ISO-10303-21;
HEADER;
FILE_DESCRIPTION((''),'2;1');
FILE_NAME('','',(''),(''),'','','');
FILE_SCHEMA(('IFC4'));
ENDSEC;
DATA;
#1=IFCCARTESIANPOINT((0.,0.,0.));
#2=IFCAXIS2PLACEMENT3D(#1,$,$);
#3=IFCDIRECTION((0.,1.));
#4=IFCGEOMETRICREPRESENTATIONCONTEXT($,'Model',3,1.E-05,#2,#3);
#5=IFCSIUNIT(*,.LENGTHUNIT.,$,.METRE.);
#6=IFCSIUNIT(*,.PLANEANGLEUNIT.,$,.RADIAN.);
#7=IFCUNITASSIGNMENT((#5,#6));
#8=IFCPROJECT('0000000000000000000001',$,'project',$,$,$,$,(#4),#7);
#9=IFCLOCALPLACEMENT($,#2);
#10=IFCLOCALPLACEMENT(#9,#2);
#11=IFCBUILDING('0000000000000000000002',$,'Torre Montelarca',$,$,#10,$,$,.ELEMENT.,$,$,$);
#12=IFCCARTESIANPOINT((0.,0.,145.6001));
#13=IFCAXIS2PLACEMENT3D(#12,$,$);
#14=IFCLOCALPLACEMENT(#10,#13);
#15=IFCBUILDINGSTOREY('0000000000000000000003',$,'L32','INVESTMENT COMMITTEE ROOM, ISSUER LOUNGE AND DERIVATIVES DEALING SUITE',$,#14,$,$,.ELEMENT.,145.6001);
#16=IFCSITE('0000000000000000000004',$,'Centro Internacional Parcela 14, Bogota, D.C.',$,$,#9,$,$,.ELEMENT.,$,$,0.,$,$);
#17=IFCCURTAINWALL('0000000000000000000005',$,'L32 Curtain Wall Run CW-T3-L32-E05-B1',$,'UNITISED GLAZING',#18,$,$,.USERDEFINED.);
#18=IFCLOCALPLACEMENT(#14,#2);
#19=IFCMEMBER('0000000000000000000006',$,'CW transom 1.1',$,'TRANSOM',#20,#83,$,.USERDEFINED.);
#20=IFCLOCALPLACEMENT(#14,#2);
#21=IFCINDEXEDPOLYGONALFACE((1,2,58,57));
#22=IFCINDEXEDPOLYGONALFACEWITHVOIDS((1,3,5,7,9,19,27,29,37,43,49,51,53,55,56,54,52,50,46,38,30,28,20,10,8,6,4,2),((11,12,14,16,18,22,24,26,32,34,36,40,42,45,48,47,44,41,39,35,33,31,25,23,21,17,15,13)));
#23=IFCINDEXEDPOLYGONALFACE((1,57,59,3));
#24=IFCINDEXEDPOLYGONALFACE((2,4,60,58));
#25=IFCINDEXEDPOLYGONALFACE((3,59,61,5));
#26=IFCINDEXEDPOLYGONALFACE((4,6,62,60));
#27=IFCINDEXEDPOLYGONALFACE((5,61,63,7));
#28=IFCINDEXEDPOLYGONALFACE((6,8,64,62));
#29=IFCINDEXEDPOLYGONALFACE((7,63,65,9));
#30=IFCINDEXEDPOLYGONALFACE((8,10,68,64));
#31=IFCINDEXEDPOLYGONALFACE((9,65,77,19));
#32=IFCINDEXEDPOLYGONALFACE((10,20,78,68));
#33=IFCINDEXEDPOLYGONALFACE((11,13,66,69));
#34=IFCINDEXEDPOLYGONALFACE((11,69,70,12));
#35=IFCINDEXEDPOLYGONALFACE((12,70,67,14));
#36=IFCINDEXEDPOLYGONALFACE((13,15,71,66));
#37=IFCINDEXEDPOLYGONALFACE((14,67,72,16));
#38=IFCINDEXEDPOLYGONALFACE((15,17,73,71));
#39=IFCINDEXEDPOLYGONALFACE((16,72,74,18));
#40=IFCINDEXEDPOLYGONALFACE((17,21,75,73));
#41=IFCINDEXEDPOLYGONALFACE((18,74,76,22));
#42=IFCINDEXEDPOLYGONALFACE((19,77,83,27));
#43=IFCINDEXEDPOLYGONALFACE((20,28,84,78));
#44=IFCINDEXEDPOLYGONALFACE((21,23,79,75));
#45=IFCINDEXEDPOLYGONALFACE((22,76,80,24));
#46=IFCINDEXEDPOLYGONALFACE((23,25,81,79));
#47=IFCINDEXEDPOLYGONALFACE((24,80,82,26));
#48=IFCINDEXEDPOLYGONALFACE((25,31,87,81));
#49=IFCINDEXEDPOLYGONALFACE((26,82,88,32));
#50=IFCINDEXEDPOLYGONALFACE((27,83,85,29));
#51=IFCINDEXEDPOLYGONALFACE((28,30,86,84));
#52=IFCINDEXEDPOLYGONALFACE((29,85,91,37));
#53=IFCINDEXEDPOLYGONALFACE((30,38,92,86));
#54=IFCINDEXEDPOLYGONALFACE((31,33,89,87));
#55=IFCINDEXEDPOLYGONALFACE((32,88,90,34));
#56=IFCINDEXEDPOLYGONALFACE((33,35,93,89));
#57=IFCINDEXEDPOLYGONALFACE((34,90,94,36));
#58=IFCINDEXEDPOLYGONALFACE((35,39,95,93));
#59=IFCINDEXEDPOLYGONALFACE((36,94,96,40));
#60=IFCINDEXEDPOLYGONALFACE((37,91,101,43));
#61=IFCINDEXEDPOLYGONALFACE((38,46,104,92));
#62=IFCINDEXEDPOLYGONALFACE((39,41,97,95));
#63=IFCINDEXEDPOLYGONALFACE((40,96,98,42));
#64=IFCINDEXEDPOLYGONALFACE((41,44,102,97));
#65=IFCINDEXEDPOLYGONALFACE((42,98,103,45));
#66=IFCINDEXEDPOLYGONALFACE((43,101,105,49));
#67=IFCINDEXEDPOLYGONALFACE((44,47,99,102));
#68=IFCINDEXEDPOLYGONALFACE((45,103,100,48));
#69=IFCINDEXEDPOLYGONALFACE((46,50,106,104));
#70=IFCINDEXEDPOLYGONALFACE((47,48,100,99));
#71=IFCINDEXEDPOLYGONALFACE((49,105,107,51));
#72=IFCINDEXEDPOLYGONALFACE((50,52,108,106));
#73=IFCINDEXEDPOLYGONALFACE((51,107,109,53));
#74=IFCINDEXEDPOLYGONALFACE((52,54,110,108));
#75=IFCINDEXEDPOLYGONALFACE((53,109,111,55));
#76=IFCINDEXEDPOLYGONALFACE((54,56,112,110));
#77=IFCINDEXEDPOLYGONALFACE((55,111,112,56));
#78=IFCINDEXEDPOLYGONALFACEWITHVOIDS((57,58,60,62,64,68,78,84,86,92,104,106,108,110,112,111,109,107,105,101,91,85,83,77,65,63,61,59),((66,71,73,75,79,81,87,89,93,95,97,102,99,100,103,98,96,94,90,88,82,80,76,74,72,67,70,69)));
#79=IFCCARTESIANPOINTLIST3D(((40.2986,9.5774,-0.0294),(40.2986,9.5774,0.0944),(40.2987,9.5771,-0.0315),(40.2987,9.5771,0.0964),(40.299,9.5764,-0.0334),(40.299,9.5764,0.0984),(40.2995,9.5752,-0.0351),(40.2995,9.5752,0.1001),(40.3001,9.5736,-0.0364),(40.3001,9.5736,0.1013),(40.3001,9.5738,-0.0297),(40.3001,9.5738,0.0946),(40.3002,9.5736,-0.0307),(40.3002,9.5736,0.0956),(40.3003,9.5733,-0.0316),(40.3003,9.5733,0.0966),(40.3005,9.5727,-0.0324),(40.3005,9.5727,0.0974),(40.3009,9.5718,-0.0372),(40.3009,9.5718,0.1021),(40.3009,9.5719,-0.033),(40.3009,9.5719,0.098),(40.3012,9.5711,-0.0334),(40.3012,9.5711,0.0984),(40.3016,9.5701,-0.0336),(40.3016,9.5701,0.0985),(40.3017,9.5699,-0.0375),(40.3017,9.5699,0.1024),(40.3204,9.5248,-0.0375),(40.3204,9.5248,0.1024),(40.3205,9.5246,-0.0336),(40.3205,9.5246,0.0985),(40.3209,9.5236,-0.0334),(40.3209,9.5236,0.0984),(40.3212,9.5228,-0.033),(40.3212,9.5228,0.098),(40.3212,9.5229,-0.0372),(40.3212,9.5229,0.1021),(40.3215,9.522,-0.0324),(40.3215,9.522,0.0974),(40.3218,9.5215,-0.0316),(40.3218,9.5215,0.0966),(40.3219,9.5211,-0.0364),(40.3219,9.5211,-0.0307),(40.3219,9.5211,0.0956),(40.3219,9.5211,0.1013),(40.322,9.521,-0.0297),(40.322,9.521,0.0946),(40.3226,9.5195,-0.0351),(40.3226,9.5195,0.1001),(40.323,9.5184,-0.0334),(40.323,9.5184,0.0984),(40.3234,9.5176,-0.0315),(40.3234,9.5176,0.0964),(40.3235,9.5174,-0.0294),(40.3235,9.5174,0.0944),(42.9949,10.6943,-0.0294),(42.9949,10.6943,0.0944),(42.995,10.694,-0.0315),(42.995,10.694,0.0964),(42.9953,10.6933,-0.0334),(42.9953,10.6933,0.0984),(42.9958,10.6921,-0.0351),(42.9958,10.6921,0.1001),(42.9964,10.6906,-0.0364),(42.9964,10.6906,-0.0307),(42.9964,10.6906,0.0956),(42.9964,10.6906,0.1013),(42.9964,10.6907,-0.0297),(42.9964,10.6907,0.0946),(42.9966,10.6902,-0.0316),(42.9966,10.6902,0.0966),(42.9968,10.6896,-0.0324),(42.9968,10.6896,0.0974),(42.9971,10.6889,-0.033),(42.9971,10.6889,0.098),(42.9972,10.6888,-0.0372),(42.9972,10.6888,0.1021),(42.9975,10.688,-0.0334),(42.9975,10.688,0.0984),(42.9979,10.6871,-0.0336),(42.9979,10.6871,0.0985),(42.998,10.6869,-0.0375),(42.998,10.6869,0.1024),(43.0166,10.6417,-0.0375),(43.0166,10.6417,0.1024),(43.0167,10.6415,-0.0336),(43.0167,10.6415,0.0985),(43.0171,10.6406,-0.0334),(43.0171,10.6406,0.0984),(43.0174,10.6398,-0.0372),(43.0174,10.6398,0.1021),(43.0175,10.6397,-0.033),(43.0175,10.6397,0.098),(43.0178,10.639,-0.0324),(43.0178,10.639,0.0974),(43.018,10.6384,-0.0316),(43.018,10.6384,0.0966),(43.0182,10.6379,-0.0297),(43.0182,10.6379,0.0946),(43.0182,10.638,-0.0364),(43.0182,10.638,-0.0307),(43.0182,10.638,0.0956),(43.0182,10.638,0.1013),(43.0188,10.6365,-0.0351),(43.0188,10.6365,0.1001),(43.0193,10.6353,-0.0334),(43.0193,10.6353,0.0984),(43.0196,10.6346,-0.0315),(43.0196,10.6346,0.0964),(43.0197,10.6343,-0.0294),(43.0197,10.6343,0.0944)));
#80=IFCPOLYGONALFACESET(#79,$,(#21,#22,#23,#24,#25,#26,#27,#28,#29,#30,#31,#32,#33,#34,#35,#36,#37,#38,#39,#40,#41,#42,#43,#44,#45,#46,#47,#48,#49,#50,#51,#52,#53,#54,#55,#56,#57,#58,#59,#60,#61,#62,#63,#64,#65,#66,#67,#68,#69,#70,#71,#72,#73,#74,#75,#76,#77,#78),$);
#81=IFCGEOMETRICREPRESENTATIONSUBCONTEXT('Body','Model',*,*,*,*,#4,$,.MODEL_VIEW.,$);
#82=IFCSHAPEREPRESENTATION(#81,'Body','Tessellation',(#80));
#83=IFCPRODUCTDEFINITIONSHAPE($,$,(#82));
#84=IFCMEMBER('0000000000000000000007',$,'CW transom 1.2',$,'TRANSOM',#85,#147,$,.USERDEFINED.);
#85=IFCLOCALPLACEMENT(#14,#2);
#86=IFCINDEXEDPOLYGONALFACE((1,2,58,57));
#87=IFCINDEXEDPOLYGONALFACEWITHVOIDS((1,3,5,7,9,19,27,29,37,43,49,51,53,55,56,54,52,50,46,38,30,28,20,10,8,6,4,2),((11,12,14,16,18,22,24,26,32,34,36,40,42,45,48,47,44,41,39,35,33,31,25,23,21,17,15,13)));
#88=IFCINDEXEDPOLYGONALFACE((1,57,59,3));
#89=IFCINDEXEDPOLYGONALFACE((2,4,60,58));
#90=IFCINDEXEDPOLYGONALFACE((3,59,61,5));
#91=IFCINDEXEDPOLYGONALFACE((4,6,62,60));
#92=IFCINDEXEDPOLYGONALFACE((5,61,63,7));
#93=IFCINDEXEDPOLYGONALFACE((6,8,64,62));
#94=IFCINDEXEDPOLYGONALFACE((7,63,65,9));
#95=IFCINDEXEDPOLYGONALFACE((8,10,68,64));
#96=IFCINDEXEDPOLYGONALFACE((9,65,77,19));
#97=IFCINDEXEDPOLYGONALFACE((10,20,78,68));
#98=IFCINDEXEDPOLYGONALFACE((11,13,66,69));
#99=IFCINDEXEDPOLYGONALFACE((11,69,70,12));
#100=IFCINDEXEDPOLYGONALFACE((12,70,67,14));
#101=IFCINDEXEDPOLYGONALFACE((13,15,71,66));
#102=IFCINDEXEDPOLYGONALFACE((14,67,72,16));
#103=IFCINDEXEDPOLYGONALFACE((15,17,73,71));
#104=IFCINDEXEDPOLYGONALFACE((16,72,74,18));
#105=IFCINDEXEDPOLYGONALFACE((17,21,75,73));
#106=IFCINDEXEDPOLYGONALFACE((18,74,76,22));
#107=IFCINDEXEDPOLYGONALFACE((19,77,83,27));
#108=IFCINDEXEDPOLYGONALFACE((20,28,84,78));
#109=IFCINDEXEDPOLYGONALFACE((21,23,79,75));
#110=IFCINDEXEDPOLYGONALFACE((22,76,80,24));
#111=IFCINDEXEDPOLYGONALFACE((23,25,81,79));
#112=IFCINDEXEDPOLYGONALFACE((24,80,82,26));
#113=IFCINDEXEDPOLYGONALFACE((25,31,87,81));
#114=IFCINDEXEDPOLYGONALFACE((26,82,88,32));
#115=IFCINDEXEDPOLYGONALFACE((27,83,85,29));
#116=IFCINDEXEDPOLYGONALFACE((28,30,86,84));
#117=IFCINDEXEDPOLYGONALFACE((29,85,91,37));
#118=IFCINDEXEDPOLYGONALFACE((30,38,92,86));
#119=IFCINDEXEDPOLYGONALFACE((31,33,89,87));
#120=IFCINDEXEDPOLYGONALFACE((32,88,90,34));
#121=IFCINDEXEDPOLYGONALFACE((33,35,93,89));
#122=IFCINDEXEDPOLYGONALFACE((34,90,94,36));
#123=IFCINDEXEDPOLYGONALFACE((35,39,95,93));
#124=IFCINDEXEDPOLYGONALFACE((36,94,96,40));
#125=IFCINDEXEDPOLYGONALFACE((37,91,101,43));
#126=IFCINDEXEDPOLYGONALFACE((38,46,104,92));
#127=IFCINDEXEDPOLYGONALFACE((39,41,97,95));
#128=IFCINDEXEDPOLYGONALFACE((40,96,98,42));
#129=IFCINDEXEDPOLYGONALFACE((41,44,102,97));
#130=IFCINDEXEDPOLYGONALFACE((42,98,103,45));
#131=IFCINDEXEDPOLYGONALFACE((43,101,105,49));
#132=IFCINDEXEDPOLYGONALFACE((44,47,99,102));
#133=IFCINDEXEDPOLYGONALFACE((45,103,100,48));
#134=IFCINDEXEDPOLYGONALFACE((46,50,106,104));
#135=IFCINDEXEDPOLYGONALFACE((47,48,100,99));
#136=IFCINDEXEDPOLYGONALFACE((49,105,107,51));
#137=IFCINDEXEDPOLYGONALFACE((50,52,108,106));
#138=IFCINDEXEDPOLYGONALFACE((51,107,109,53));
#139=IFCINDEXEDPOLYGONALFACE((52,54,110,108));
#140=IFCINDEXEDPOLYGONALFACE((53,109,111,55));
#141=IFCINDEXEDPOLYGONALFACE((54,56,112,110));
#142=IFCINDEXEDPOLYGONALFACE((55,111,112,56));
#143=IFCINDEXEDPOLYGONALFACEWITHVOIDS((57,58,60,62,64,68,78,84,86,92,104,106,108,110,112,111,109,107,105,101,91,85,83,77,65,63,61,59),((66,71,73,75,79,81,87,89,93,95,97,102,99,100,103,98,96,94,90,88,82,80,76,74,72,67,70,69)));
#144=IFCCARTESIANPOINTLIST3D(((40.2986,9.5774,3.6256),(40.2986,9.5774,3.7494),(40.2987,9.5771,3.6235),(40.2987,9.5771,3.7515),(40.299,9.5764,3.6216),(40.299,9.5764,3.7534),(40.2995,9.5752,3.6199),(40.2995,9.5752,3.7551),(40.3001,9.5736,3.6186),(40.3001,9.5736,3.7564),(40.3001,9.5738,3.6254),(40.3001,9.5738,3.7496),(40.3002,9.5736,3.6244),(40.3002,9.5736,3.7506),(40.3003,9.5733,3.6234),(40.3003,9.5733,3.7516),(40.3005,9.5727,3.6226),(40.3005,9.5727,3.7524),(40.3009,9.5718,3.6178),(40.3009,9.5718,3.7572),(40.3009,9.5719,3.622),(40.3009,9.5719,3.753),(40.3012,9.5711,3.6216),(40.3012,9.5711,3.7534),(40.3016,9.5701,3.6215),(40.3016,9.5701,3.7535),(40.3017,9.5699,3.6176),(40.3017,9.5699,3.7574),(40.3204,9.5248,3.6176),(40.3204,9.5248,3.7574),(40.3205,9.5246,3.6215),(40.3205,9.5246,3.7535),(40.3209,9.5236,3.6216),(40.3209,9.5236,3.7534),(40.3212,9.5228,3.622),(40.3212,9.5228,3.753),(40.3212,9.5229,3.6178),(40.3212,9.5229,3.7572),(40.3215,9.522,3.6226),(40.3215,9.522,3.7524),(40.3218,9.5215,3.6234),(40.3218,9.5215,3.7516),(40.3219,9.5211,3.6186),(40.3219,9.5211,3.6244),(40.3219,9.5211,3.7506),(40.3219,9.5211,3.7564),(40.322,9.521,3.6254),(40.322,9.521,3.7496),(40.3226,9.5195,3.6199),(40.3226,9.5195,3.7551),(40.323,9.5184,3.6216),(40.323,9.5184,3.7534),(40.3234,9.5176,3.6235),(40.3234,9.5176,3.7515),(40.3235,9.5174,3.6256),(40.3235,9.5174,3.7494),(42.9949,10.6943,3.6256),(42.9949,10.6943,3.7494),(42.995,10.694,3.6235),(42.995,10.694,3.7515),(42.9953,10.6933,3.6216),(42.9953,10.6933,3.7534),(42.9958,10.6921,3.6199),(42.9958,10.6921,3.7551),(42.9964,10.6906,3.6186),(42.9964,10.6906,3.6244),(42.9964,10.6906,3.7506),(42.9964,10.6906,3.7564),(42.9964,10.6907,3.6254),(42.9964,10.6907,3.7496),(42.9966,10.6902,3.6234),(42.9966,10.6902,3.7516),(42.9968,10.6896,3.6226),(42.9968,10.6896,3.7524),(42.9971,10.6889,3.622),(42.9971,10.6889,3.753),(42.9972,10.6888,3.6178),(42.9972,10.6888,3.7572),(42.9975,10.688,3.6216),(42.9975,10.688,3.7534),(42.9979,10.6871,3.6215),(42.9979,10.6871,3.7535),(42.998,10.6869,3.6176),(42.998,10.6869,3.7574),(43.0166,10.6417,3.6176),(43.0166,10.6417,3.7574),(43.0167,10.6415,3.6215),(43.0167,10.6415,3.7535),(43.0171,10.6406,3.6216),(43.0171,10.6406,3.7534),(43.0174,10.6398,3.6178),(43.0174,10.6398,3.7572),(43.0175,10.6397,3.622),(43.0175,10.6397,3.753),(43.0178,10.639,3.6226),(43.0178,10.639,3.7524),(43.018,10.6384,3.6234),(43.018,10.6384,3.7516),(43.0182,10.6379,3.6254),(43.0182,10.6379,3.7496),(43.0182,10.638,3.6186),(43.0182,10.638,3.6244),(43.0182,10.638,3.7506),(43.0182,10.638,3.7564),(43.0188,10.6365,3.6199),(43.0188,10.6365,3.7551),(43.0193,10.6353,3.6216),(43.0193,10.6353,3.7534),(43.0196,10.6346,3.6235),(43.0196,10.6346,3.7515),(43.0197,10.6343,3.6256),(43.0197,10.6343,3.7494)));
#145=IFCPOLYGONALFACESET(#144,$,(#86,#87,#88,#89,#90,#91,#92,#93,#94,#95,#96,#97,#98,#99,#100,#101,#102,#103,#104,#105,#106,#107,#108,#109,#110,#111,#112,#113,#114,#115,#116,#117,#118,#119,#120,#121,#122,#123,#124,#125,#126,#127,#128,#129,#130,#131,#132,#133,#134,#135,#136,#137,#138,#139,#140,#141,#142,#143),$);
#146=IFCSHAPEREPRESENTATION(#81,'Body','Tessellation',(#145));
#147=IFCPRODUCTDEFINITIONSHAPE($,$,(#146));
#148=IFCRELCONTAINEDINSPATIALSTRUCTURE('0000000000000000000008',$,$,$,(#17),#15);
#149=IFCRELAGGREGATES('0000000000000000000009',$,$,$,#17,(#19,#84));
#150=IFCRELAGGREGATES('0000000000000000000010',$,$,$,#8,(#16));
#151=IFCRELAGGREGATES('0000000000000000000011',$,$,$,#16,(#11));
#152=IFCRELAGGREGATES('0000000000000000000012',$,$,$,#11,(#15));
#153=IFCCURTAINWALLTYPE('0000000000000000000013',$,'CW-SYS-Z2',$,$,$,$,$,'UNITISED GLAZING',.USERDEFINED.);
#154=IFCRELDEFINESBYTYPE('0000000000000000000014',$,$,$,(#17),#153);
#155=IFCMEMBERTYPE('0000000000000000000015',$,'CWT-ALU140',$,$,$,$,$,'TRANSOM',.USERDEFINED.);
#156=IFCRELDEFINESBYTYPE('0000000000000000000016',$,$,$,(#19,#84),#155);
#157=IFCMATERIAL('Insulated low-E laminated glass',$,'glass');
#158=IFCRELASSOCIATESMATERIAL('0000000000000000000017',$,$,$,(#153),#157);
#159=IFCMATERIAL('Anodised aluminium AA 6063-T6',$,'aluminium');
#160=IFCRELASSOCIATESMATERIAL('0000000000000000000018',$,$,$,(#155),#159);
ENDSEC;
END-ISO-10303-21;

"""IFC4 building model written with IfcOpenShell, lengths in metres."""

from ifc_helpers import new_model, si_unit, direction, frame, origin, origin_2d, place, context, subcontext, project, spatial, hollow_rectangle, extrude, source, transform, mapped, material, material_profile, profile_set, type_object, element, aggregate, save


model = new_model("IFC4")

# Units and contexts
model_context = context("Model", 3, precision=1e-05, world=origin(), true_north=direction((0.0, 1.0)))
body_context = subcontext(model_context, "Body", "Model", "MODEL_VIEW")
ifc_project = project(units=[si_unit("LENGTHUNIT", "METRE"), si_unit("PLANEANGLEUNIT", "RADIAN")], contexts=[model_context])

# Site, building, storey
site_placement = place(None, origin())
site = spatial("IfcSite", under=ifc_project, at=site_placement, Name="Centro Internacional Parcela 14, Bogota, D.C.", CompositionType="ELEMENT", RefElevation=0.0)
building_placement = place(site_placement, origin())
building = spatial("IfcBuilding", under=site, at=building_placement, Name="Torre Montelarca", CompositionType="ELEMENT")
storey_placement = place(building_placement, frame((0.0, 0.0, 145.6001)))
storey = spatial("IfcBuildingStorey", under=building, at=storey_placement, Name="L32", Description="INVESTMENT COMMITTEE ROOM, ISSUER LOUNGE AND DERIVATIVES DEALING SUITE", CompositionType="ELEMENT", Elevation=145.6001)

# Curtain wall, members
ifc_material_1 = material(Name="Insulated low-E laminated glass", Category="glass")
curtain_wall_type = type_object("IfcCurtainWallType", Name="CW-SYS-Z2", ElementType="UNITISED GLAZING", PredefinedType="USERDEFINED", material=ifc_material_1)
curtain_wall_1_placement = place(storey_placement, origin())
curtain_wall_1 = element("IfcCurtainWall", 1, at=curtain_wall_1_placement, inside=storey, type_object=curtain_wall_type, Name="L32 Curtain Wall Run CW-T3-L32-E05-B1", ObjectType="UNITISED GLAZING", PredefinedType="USERDEFINED")
ifc_material_2 = material(Name="Anodised aluminium AA 6063-T6", Category="aluminium")
ifc_material_profile_1 = material_profile(ifc_material_2, hollow_rectangle(XDim=0.0649, YDim=0.1399, WallThickness=0.0039, InnerFilletRadius=0.0039, OuterFilletRadius=0.0081, at=origin_2d()), Name="ALU65X140X4", Category="aluminium")
ifc_profile_set_1 = profile_set([ifc_material_profile_1], Name="Anodised aluminium AA 6063-T6")
member_type_1 = type_object("IfcMemberType", Name="CWT-ALU140", ElementType="TRANSOM", PredefinedType="USERDEFINED", material=ifc_profile_set_1)
shared_shape_1 = source(origin(), body_context, "Body", "SweptSolid", [
    extrude(hollow_rectangle(XDim=0.0649, YDim=0.1399, WallThickness=0.0039, InnerFilletRadius=0.0039, OuterFilletRadius=0.0081, at=origin_2d()), origin(), (0.0, 0.0, 1.0), 2.9185),
])
member_1_placement = place(storey_placement, frame((40.311, 9.5474, 0.0325), z_axis=(0.923867, 0.382714, 0.0), x_axis=(-0.382714, 0.923867, 0.0)))
member_1 = element("IfcMember", 2, at=member_1_placement, type_object=member_type_1, Name="CW transom 1.1", ObjectType="TRANSOM", PredefinedType="USERDEFINED", context=body_context, shape_type="MappedRepresentation", body=[
    mapped(shared_shape_1, transform((0.0, 0.0, 0.0), scale=1.0)),
])
member_2_placement = place(storey_placement, frame((40.311, 9.5474, 3.6875), z_axis=(0.923867, 0.382714, 0.0), x_axis=(-0.382714, 0.923867, 0.0)))
member_2 = element("IfcMember", 3, at=member_2_placement, type_object=member_type_1, Name="CW transom 1.2", ObjectType="TRANSOM", PredefinedType="USERDEFINED", context=body_context, shape_type="MappedRepresentation", body=[
    mapped(shared_shape_1, transform((0.0, 0.0, 0.0), scale=1.0)),
])

aggregate(curtain_wall_1, [member_1, member_2])

save(model, "model.ifc")
